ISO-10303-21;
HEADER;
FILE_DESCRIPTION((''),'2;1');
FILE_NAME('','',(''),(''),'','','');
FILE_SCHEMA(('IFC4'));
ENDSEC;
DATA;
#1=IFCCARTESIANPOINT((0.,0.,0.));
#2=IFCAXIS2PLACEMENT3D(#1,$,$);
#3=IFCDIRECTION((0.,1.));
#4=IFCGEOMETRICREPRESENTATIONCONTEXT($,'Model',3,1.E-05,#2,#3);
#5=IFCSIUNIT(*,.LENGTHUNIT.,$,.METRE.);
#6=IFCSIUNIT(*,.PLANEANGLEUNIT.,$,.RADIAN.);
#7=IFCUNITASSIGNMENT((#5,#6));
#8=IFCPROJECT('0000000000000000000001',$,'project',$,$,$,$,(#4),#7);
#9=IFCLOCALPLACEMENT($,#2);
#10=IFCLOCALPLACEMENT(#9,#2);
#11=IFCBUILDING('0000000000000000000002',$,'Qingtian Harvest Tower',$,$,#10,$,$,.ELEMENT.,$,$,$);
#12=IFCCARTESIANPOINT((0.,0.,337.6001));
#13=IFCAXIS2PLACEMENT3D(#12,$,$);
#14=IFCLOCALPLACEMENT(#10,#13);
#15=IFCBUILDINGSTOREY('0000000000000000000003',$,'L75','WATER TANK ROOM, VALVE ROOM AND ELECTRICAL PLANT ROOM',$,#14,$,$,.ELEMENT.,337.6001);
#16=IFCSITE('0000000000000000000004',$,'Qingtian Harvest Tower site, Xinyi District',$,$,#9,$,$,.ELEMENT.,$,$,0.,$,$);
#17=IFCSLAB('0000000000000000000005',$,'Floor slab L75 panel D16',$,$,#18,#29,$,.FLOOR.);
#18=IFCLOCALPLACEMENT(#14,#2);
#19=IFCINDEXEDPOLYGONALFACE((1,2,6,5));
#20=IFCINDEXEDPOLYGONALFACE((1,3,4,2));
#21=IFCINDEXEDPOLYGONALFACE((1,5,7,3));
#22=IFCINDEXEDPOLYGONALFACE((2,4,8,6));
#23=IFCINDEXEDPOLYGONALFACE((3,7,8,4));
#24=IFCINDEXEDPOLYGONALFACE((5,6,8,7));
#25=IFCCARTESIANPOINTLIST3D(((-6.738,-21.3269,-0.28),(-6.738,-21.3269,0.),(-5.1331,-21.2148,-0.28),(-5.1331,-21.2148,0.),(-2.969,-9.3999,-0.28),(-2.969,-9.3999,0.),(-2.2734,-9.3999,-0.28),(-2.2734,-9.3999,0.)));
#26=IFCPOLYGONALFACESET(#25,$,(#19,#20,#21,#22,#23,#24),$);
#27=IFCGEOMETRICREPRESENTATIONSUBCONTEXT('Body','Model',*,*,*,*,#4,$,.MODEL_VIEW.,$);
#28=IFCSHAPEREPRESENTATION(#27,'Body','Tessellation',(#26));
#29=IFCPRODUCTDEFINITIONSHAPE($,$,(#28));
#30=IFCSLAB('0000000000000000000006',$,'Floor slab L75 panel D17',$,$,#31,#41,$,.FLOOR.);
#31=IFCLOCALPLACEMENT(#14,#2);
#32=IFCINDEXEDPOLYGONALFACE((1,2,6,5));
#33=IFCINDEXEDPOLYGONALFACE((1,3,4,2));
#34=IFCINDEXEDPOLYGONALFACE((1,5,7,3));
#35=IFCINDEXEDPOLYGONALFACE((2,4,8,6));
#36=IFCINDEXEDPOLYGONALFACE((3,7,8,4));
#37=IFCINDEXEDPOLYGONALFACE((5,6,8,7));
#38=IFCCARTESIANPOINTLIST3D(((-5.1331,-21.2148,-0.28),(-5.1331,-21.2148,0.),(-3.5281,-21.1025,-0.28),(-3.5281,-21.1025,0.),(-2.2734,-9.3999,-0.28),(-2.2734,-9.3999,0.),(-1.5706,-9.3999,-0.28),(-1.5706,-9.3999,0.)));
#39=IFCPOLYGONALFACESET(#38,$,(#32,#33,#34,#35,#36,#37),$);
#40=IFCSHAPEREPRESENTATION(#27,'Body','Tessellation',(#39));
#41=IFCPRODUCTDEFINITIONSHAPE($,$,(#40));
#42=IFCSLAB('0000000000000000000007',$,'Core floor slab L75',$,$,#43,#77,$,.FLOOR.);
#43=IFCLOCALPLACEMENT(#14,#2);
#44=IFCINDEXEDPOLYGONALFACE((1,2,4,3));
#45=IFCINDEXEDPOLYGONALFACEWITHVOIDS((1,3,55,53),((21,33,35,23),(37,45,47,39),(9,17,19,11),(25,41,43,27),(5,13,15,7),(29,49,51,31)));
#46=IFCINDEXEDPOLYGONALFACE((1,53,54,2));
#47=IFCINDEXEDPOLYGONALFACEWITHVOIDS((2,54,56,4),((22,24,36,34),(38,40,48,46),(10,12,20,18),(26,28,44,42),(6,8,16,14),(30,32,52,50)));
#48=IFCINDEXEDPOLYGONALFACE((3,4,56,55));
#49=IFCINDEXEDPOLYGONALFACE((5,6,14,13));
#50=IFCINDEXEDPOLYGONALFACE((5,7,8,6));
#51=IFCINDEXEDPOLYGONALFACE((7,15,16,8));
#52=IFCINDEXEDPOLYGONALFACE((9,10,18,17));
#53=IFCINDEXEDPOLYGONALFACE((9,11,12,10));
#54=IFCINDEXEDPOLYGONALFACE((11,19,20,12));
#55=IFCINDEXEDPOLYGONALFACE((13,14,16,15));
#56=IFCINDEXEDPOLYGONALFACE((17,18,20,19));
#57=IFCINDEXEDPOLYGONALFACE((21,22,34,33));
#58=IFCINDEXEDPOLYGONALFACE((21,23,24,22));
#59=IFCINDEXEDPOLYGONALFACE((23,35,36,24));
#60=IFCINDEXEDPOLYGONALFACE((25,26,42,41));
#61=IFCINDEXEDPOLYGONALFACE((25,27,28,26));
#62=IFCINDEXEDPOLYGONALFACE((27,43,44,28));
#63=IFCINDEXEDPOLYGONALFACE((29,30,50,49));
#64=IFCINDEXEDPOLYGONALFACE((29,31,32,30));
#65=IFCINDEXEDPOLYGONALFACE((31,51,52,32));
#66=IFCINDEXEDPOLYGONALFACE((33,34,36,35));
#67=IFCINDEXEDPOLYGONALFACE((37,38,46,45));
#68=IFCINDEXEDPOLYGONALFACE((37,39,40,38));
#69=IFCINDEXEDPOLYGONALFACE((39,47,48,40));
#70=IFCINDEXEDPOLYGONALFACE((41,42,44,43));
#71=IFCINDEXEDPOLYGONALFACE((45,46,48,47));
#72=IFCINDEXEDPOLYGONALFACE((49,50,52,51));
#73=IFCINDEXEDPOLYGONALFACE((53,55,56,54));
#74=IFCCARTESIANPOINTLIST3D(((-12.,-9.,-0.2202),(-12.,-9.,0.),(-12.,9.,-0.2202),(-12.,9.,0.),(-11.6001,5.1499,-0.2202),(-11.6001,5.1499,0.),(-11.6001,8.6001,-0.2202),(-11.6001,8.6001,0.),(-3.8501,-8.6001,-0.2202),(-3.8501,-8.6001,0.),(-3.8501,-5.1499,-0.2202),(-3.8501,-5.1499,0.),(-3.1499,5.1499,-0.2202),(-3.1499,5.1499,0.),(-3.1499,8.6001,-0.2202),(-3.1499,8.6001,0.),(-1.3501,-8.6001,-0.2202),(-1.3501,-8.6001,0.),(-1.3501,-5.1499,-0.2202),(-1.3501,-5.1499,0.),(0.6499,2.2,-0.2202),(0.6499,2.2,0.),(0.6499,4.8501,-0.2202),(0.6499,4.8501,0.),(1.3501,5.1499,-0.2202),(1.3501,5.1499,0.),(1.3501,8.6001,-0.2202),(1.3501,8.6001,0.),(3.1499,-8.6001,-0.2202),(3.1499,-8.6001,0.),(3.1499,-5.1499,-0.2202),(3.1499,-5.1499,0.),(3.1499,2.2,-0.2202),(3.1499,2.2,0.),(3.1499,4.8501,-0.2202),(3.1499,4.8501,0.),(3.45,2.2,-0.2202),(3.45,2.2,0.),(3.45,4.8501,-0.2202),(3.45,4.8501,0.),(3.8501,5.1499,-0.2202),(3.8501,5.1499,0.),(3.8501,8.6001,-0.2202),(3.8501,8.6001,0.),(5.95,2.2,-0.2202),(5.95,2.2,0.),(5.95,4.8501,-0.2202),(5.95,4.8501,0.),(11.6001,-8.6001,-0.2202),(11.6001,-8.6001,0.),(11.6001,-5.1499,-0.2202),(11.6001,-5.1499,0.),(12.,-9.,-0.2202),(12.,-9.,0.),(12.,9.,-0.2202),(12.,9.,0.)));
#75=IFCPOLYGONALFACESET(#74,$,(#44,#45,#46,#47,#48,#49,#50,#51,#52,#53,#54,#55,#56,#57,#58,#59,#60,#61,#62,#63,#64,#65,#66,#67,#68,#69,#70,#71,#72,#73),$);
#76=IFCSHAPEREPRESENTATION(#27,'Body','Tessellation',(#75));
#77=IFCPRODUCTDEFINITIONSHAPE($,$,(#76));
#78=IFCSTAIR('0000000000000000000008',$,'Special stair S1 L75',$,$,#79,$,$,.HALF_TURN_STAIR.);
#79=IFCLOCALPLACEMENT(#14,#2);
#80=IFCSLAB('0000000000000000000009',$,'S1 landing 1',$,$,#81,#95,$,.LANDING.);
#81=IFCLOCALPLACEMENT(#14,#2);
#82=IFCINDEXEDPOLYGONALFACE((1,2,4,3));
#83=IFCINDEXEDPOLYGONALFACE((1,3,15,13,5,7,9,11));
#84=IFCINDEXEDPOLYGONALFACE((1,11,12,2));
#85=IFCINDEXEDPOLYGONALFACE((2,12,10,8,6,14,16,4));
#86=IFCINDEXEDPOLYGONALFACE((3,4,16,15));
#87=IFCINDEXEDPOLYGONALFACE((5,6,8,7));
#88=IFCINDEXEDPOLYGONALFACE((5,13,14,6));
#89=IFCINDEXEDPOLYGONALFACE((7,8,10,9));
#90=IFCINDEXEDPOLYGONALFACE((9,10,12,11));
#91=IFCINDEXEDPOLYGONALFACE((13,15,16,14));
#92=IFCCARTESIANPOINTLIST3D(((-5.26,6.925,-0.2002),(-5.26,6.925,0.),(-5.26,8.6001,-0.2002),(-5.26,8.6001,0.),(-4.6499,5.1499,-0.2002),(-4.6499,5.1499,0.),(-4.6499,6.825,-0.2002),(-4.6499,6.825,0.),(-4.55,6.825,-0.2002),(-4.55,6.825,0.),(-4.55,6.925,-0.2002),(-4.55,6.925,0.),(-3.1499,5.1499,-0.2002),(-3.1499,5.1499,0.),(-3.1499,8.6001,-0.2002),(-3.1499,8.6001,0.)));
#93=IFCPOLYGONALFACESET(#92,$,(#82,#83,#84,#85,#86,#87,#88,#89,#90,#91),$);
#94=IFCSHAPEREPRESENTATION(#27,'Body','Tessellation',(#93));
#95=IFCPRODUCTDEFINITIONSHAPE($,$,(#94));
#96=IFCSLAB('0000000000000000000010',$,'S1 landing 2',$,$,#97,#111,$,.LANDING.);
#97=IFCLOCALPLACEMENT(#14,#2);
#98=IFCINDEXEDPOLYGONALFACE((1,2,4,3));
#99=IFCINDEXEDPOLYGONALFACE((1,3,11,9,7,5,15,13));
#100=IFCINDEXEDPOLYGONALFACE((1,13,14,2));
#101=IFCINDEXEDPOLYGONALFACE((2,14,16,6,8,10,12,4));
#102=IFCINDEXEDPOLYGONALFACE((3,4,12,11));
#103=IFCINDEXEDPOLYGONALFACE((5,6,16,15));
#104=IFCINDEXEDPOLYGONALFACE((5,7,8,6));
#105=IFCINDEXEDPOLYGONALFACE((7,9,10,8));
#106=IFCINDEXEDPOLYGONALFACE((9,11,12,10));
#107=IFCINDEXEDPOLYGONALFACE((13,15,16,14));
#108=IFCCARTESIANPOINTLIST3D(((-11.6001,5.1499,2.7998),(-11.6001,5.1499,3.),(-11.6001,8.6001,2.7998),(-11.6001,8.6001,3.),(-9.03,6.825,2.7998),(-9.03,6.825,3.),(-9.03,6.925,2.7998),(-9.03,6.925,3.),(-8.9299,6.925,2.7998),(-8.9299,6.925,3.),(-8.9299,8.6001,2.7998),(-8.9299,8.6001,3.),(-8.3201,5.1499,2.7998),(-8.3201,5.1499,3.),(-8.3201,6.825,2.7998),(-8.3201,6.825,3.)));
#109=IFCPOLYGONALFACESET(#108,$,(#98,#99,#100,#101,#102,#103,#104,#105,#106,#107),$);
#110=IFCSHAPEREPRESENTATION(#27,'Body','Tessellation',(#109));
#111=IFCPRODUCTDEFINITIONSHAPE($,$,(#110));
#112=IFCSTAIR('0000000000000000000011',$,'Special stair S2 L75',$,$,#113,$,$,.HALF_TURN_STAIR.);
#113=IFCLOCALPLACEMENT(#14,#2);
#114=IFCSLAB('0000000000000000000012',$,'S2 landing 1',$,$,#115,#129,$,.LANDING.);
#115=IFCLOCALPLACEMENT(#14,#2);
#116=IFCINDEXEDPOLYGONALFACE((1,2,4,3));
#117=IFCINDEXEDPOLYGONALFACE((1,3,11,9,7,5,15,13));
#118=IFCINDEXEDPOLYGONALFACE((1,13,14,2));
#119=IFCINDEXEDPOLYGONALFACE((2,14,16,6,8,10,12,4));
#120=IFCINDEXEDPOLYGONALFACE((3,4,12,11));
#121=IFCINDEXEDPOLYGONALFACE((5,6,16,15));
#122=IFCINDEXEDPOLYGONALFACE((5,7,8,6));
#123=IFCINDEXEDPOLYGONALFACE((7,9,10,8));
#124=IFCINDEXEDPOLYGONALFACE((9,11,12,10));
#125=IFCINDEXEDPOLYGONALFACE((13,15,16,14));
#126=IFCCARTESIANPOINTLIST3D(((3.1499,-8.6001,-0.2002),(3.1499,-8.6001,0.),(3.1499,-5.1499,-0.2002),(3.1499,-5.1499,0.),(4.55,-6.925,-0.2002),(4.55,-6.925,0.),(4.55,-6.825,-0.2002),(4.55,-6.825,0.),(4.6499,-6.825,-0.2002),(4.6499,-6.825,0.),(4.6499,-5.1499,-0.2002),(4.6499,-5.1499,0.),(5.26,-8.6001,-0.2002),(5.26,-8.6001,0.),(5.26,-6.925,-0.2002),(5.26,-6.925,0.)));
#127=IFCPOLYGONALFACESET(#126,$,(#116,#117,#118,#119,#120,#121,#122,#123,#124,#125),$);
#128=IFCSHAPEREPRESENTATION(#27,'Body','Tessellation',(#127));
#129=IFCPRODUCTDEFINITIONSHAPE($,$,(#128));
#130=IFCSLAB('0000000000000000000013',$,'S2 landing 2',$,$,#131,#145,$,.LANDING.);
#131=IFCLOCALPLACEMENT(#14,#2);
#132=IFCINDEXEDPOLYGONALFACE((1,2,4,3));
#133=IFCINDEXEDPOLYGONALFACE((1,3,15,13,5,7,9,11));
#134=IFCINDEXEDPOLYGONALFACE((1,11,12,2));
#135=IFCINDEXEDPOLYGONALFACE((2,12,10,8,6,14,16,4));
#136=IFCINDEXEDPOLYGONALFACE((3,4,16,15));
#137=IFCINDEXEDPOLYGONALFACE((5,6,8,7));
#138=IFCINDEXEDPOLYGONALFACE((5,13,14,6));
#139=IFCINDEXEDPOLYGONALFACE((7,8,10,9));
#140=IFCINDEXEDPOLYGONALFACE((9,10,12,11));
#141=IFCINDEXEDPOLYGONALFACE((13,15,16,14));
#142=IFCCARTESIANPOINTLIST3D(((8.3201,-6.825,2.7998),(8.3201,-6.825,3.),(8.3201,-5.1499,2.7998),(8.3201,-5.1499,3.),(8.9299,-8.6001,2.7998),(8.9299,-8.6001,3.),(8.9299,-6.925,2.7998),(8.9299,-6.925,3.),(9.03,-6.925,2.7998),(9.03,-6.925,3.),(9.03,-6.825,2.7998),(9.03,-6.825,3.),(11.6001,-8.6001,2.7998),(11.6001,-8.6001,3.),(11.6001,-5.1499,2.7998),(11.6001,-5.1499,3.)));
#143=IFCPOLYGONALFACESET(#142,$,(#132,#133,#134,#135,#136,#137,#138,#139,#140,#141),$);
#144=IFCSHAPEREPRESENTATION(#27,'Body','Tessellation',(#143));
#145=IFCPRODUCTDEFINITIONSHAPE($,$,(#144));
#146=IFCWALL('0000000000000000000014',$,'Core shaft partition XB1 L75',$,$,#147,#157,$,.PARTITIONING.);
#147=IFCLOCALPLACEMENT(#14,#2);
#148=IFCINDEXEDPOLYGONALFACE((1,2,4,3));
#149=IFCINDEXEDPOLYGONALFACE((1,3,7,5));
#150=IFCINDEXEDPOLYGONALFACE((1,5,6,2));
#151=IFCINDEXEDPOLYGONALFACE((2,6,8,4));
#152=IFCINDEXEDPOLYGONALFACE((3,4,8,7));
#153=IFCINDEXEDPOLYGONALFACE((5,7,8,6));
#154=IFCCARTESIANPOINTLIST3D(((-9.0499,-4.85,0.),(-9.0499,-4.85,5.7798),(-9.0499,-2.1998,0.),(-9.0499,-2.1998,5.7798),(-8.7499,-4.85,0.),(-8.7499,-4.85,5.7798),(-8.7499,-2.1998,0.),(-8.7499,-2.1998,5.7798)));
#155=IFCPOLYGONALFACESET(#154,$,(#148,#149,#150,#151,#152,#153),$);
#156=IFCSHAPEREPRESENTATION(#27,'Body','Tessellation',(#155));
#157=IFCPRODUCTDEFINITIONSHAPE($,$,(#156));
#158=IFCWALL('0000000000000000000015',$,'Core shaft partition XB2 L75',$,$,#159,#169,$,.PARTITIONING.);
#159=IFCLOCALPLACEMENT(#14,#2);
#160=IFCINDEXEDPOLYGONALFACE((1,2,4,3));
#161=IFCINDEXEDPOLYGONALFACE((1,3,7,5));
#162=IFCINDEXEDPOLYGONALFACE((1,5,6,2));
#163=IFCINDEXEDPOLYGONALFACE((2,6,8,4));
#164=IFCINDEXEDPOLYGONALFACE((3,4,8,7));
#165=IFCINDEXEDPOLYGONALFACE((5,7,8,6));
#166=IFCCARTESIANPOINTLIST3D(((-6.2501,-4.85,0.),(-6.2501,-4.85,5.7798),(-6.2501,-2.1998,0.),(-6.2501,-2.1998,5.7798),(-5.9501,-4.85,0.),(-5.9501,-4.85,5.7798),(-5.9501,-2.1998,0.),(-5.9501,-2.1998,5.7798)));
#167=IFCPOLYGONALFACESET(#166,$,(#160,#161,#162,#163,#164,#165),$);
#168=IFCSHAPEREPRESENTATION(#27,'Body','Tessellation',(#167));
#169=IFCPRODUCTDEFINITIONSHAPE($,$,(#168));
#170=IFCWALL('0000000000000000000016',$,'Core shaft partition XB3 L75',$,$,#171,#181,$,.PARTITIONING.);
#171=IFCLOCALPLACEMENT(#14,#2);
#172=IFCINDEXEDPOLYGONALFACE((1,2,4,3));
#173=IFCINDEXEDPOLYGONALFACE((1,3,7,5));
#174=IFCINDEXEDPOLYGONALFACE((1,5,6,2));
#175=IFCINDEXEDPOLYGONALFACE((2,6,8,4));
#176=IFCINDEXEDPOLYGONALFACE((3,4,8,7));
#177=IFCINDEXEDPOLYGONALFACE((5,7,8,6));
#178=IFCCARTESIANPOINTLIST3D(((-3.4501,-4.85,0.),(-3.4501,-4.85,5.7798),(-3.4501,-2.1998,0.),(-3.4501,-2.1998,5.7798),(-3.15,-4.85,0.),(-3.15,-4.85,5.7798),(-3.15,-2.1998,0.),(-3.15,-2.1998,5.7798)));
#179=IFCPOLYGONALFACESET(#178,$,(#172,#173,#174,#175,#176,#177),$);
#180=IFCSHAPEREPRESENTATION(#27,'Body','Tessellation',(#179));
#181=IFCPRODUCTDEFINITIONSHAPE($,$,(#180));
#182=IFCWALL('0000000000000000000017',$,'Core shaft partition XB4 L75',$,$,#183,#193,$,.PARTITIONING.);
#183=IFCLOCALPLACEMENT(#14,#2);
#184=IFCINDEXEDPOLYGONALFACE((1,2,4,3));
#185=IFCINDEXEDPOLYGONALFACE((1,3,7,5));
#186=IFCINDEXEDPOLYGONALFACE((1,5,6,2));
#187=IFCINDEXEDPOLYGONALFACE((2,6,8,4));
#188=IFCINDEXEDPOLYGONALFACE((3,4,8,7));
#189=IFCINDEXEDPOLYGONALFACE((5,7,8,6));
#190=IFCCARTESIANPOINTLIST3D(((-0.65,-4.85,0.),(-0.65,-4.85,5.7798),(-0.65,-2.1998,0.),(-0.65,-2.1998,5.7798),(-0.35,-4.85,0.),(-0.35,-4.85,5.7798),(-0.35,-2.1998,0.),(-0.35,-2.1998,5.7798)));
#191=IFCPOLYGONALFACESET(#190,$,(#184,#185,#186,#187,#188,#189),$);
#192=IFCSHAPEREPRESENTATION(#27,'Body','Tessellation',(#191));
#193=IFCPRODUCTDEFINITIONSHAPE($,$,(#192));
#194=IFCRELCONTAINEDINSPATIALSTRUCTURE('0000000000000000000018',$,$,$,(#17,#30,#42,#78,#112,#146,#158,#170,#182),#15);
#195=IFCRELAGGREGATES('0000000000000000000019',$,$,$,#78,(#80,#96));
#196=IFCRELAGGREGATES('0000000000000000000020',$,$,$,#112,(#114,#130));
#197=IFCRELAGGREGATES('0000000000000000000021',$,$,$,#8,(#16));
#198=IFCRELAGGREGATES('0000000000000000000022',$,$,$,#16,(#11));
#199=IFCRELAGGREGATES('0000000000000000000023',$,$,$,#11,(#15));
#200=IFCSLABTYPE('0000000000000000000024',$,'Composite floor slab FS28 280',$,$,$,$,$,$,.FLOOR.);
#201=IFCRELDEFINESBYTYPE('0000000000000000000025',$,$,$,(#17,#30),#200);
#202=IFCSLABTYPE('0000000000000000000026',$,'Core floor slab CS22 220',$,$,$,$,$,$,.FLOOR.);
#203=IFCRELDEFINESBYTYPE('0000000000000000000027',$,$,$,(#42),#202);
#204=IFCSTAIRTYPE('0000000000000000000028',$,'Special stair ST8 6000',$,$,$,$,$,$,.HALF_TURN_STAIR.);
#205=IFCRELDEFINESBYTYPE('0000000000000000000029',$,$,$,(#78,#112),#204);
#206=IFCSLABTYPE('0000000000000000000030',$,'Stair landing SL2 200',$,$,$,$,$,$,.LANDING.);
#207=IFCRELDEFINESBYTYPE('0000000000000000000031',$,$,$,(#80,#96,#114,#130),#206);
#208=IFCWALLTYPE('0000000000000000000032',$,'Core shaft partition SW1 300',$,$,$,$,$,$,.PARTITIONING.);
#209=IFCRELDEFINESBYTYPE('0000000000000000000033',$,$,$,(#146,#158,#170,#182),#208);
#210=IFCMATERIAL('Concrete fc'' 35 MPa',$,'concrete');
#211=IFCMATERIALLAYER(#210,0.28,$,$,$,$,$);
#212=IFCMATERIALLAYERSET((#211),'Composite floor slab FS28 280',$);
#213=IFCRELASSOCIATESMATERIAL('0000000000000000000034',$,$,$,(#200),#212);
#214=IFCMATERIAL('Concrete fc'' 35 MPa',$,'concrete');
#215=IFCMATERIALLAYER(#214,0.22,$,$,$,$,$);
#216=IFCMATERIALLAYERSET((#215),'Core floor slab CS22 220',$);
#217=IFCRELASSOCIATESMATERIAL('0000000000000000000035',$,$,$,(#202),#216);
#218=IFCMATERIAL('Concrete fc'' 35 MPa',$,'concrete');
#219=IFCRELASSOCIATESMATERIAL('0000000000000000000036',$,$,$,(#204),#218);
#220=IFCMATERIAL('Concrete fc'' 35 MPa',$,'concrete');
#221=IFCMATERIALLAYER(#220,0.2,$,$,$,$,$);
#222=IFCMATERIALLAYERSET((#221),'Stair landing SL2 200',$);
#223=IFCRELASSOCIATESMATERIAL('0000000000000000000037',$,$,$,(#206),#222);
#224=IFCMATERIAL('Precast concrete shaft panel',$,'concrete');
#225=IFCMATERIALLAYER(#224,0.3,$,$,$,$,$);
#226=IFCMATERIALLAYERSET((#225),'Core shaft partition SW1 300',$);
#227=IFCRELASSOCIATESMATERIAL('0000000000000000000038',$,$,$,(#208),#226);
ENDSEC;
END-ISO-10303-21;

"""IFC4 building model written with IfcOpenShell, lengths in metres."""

from ifc_helpers import new_model, si_unit, direction, frame, frame_2d, origin, place, context, subcontext, project, spatial, polyline, rectangle, outline, extrude, material, layer, layer_set, type_object, element, aggregate, save


model = new_model("IFC4")

# Units and contexts
model_context = context("Model", 3, precision=1e-05, world=origin(), true_north=direction((0.0, 1.0)))
body_context = subcontext(model_context, "Body", "Model", "MODEL_VIEW")
ifc_project = project(units=[si_unit("LENGTHUNIT", "METRE"), si_unit("PLANEANGLEUNIT", "RADIAN")], contexts=[model_context])

# Site, building, storey
site_placement = place(None, origin())
site = spatial("IfcSite", under=ifc_project, at=site_placement, Name="Qingtian Harvest Tower site, Xinyi District", CompositionType="ELEMENT", RefElevation=0.0)
building_placement = place(site_placement, origin())
building = spatial("IfcBuilding", under=site, at=building_placement, Name="Qingtian Harvest Tower", CompositionType="ELEMENT")
storey_placement = place(building_placement, frame((0.0, 0.0, 337.6001)))
storey = spatial("IfcBuildingStorey", under=building, at=storey_placement, Name="L75", Description="WATER TANK ROOM, VALVE ROOM AND ELECTRICAL PLANT ROOM", CompositionType="ELEMENT", Elevation=337.6001)

# Slabs
ifc_material_1 = material(Name="Concrete fc' 35 MPa", Category="concrete")
ifc_layer_1 = layer(ifc_material_1, 0.28)
ifc_layer_set_1 = layer_set([ifc_layer_1], Name="Composite floor slab FS28 280")
slab_type_1 = type_object("IfcSlabType", Name="Composite floor slab FS28 280", PredefinedType="FLOOR", material=ifc_layer_set_1)
slab_1_placement = place(storey_placement, frame((0.0, 0.0, -0.28)))
element("IfcSlab", 1, at=slab_1_placement, inside=storey, type_object=slab_type_1, Name="Floor slab L75 panel D16", PredefinedType="FLOOR", context=body_context, shape_type="SweptSolid", body=[
    extrude(outline(polyline([(-2.2734, -9.3999), (-5.1331, -21.2148), (-6.738, -21.3269), (-2.969, -9.3999), (-2.2734, -9.3999)])), origin(), (0.0, 0.0, 1.0), 0.28),
])
slab_2_placement = place(storey_placement, frame((0.0, 0.0, -0.28)))
element("IfcSlab", 2, at=slab_2_placement, inside=storey, type_object=slab_type_1, Name="Floor slab L75 panel D17", PredefinedType="FLOOR", context=body_context, shape_type="SweptSolid", body=[
    extrude(outline(polyline([(-1.5706, -9.3999), (-3.5281, -21.1025), (-5.1331, -21.2148), (-2.2734, -9.3999), (-1.5706, -9.3999)])), origin(), (0.0, 0.0, 1.0), 0.28),
])
ifc_material_2 = material(Name="Concrete fc' 35 MPa", Category="concrete")
ifc_layer_2 = layer(ifc_material_2, 0.22)
ifc_layer_set_2 = layer_set([ifc_layer_2], Name="Core floor slab CS22 220")
slab_type_2 = type_object("IfcSlabType", Name="Core floor slab CS22 220", PredefinedType="FLOOR", material=ifc_layer_set_2)
slab_3_placement = place(storey_placement, frame((0.0, 0.0, -0.2202)))
element("IfcSlab", 3, at=slab_3_placement, inside=storey, type_object=slab_type_2, Name="Core floor slab L75", PredefinedType="FLOOR", context=body_context, shape_type="SweptSolid", body=[
    extrude(outline(polyline([(-12.0, -9.0), (12.0, -9.0), (12.0, 9.0), (-12.0, 9.0), (-12.0, -9.0)]), holes=[polyline([(-11.6001, 5.1499), (-3.1499, 5.1499), (-3.1499, 8.6001), (-11.6001, 8.6001), (-11.6001, 5.1499)]), polyline([(3.1499, -8.6001), (11.6001, -8.6001), (11.6001, -5.1499), (3.1499, -5.1499), (3.1499, -8.6001)]), polyline([(1.3501, 5.1499), (3.8501, 5.1499), (3.8501, 8.6001), (1.3501, 8.6001), (1.3501, 5.1499)]), polyline([(-3.8501, -8.6001), (-1.3501, -8.6001), (-1.3501, -5.1499), (-3.8501, -5.1499), (-3.8501, -8.6001)]), polyline([(0.6499, 2.2), (3.1499, 2.2), (3.1499, 4.8501), (0.6499, 4.8501), (0.6499, 2.2)]), polyline([(3.45, 2.2), (5.95, 2.2), (5.95, 4.8501), (3.45, 4.8501), (3.45, 2.2)])]), origin(), (0.0, 0.0, 1.0), 0.2202),
])

# Stairs, slabs
ifc_material_3 = material(Name="Concrete fc' 35 MPa", Category="concrete")
stair_type = type_object("IfcStairType", Name="Special stair ST8 6000", PredefinedType="HALF_TURN_STAIR", material=ifc_material_3)
stair_1_placement = place(storey_placement, origin())
stair_1 = element("IfcStair", 4, at=stair_1_placement, inside=storey, type_object=stair_type, Name="Special stair S1 L75", PredefinedType="HALF_TURN_STAIR")
ifc_material_4 = material(Name="Concrete fc' 35 MPa", Category="concrete")
ifc_layer_3 = layer(ifc_material_4, 0.2)
ifc_layer_set_3 = layer_set([ifc_layer_3], Name="Stair landing SL2 200")
slab_type_3 = type_object("IfcSlabType", Name="Stair landing SL2 200", PredefinedType="LANDING", material=ifc_layer_set_3)
slab_4_placement = place(storey_placement, frame((0.0, 0.0, -0.2002)))
slab_4 = element("IfcSlab", 5, at=slab_4_placement, type_object=slab_type_3, Name="S1 landing 1", PredefinedType="LANDING", context=body_context, shape_type="SweptSolid", body=[
    extrude(outline(polyline([(-4.6499, 5.1499), (-4.6499, 6.825), (-4.55, 6.825), (-4.55, 6.925), (-5.26, 6.925), (-5.26, 8.6001), (-3.1499, 8.6001), (-3.1499, 5.1499), (-4.6499, 5.1499)])), origin(), (0.0, 0.0, 1.0), 0.2002),
])
slab_5_placement = place(storey_placement, frame((0.0, 0.0, 2.7998)))
slab_5 = element("IfcSlab", 6, at=slab_5_placement, type_object=slab_type_3, Name="S1 landing 2", PredefinedType="LANDING", context=body_context, shape_type="SweptSolid", body=[
    extrude(outline(polyline([(-8.3201, 5.1499), (-11.6001, 5.1499), (-11.6001, 8.6001), (-8.9299, 8.6001), (-8.9299, 6.925), (-9.03, 6.925), (-9.03, 6.825), (-8.3201, 6.825), (-8.3201, 5.1499)])), origin(), (0.0, 0.0, 1.0), 0.2002),
])
aggregate(stair_1, [slab_4, slab_5])
stair_2_placement = place(storey_placement, origin())
stair_2 = element("IfcStair", 7, at=stair_2_placement, inside=storey, type_object=stair_type, Name="Special stair S2 L75", PredefinedType="HALF_TURN_STAIR")
slab_6_placement = place(storey_placement, frame((0.0, 0.0, -0.2002)))
slab_6 = element("IfcSlab", 8, at=slab_6_placement, type_object=slab_type_3, Name="S2 landing 1", PredefinedType="LANDING", context=body_context, shape_type="SweptSolid", body=[
    extrude(outline(polyline([(5.26, -8.6001), (3.1499, -8.6001), (3.1499, -5.1499), (4.6499, -5.1499), (4.6499, -6.825), (4.55, -6.825), (4.55, -6.925), (5.26, -6.925), (5.26, -8.6001)])), origin(), (0.0, 0.0, 1.0), 0.2002),
])
slab_7_placement = place(storey_placement, frame((0.0, 0.0, 2.7998)))
slab_7 = element("IfcSlab", 9, at=slab_7_placement, type_object=slab_type_3, Name="S2 landing 2", PredefinedType="LANDING", context=body_context, shape_type="SweptSolid", body=[
    extrude(outline(polyline([(8.9299, -8.6001), (8.9299, -6.925), (9.03, -6.925), (9.03, -6.825), (8.3201, -6.825), (8.3201, -5.1499), (11.6001, -5.1499), (11.6001, -8.6001), (8.9299, -8.6001)])), origin(), (0.0, 0.0, 1.0), 0.2002),
])
aggregate(stair_2, [slab_6, slab_7])

# Walls
ifc_material_5 = material(Name="Precast concrete shaft panel", Category="concrete")
ifc_layer_4 = layer(ifc_material_5, 0.3)
ifc_layer_set_4 = layer_set([ifc_layer_4], Name="Core shaft partition SW1 300")
wall_type = type_object("IfcWallType", Name="Core shaft partition SW1 300", PredefinedType="PARTITIONING", material=ifc_layer_set_4)
for number, where, z_axis, x_axis, name in (
    (10, (-8.8999, -4.8501, 0.0), (0.0, 0.0, 1.0), (0.0, 1.0, 0.0), "Core shaft partition XB1 L75"),
    (11, (-6.1001, -4.8501, 0.0), (0.0, 0.0, 1.0), (0.0, 1.0, 0.0), "Core shaft partition XB2 L75"),
    (12, (-3.3, -4.8501, 0.0), (0.0, 0.0, 1.0), (0.0, 1.0, 0.0), "Core shaft partition XB3 L75"),
    (13, (-0.5, -4.8501, 0.0), (0.0, 0.0, 1.0), (0.0, 1.0, 0.0), "Core shaft partition XB4 L75"),
):
    element("IfcWall", number, at=place(storey_placement, frame(where, z_axis=z_axis, x_axis=x_axis)), inside=storey, type_object=wall_type, Name=name, PredefinedType="PARTITIONING", context=body_context, shape_type="SweptSolid", body=[
        extrude(rectangle(XDim=2.6501, YDim=0.3, at=frame_2d((1.3252, 0.0))), origin(), (0.0, 0.0, 1.0), 5.7798),
    ])

save(model, "model.ifc")
